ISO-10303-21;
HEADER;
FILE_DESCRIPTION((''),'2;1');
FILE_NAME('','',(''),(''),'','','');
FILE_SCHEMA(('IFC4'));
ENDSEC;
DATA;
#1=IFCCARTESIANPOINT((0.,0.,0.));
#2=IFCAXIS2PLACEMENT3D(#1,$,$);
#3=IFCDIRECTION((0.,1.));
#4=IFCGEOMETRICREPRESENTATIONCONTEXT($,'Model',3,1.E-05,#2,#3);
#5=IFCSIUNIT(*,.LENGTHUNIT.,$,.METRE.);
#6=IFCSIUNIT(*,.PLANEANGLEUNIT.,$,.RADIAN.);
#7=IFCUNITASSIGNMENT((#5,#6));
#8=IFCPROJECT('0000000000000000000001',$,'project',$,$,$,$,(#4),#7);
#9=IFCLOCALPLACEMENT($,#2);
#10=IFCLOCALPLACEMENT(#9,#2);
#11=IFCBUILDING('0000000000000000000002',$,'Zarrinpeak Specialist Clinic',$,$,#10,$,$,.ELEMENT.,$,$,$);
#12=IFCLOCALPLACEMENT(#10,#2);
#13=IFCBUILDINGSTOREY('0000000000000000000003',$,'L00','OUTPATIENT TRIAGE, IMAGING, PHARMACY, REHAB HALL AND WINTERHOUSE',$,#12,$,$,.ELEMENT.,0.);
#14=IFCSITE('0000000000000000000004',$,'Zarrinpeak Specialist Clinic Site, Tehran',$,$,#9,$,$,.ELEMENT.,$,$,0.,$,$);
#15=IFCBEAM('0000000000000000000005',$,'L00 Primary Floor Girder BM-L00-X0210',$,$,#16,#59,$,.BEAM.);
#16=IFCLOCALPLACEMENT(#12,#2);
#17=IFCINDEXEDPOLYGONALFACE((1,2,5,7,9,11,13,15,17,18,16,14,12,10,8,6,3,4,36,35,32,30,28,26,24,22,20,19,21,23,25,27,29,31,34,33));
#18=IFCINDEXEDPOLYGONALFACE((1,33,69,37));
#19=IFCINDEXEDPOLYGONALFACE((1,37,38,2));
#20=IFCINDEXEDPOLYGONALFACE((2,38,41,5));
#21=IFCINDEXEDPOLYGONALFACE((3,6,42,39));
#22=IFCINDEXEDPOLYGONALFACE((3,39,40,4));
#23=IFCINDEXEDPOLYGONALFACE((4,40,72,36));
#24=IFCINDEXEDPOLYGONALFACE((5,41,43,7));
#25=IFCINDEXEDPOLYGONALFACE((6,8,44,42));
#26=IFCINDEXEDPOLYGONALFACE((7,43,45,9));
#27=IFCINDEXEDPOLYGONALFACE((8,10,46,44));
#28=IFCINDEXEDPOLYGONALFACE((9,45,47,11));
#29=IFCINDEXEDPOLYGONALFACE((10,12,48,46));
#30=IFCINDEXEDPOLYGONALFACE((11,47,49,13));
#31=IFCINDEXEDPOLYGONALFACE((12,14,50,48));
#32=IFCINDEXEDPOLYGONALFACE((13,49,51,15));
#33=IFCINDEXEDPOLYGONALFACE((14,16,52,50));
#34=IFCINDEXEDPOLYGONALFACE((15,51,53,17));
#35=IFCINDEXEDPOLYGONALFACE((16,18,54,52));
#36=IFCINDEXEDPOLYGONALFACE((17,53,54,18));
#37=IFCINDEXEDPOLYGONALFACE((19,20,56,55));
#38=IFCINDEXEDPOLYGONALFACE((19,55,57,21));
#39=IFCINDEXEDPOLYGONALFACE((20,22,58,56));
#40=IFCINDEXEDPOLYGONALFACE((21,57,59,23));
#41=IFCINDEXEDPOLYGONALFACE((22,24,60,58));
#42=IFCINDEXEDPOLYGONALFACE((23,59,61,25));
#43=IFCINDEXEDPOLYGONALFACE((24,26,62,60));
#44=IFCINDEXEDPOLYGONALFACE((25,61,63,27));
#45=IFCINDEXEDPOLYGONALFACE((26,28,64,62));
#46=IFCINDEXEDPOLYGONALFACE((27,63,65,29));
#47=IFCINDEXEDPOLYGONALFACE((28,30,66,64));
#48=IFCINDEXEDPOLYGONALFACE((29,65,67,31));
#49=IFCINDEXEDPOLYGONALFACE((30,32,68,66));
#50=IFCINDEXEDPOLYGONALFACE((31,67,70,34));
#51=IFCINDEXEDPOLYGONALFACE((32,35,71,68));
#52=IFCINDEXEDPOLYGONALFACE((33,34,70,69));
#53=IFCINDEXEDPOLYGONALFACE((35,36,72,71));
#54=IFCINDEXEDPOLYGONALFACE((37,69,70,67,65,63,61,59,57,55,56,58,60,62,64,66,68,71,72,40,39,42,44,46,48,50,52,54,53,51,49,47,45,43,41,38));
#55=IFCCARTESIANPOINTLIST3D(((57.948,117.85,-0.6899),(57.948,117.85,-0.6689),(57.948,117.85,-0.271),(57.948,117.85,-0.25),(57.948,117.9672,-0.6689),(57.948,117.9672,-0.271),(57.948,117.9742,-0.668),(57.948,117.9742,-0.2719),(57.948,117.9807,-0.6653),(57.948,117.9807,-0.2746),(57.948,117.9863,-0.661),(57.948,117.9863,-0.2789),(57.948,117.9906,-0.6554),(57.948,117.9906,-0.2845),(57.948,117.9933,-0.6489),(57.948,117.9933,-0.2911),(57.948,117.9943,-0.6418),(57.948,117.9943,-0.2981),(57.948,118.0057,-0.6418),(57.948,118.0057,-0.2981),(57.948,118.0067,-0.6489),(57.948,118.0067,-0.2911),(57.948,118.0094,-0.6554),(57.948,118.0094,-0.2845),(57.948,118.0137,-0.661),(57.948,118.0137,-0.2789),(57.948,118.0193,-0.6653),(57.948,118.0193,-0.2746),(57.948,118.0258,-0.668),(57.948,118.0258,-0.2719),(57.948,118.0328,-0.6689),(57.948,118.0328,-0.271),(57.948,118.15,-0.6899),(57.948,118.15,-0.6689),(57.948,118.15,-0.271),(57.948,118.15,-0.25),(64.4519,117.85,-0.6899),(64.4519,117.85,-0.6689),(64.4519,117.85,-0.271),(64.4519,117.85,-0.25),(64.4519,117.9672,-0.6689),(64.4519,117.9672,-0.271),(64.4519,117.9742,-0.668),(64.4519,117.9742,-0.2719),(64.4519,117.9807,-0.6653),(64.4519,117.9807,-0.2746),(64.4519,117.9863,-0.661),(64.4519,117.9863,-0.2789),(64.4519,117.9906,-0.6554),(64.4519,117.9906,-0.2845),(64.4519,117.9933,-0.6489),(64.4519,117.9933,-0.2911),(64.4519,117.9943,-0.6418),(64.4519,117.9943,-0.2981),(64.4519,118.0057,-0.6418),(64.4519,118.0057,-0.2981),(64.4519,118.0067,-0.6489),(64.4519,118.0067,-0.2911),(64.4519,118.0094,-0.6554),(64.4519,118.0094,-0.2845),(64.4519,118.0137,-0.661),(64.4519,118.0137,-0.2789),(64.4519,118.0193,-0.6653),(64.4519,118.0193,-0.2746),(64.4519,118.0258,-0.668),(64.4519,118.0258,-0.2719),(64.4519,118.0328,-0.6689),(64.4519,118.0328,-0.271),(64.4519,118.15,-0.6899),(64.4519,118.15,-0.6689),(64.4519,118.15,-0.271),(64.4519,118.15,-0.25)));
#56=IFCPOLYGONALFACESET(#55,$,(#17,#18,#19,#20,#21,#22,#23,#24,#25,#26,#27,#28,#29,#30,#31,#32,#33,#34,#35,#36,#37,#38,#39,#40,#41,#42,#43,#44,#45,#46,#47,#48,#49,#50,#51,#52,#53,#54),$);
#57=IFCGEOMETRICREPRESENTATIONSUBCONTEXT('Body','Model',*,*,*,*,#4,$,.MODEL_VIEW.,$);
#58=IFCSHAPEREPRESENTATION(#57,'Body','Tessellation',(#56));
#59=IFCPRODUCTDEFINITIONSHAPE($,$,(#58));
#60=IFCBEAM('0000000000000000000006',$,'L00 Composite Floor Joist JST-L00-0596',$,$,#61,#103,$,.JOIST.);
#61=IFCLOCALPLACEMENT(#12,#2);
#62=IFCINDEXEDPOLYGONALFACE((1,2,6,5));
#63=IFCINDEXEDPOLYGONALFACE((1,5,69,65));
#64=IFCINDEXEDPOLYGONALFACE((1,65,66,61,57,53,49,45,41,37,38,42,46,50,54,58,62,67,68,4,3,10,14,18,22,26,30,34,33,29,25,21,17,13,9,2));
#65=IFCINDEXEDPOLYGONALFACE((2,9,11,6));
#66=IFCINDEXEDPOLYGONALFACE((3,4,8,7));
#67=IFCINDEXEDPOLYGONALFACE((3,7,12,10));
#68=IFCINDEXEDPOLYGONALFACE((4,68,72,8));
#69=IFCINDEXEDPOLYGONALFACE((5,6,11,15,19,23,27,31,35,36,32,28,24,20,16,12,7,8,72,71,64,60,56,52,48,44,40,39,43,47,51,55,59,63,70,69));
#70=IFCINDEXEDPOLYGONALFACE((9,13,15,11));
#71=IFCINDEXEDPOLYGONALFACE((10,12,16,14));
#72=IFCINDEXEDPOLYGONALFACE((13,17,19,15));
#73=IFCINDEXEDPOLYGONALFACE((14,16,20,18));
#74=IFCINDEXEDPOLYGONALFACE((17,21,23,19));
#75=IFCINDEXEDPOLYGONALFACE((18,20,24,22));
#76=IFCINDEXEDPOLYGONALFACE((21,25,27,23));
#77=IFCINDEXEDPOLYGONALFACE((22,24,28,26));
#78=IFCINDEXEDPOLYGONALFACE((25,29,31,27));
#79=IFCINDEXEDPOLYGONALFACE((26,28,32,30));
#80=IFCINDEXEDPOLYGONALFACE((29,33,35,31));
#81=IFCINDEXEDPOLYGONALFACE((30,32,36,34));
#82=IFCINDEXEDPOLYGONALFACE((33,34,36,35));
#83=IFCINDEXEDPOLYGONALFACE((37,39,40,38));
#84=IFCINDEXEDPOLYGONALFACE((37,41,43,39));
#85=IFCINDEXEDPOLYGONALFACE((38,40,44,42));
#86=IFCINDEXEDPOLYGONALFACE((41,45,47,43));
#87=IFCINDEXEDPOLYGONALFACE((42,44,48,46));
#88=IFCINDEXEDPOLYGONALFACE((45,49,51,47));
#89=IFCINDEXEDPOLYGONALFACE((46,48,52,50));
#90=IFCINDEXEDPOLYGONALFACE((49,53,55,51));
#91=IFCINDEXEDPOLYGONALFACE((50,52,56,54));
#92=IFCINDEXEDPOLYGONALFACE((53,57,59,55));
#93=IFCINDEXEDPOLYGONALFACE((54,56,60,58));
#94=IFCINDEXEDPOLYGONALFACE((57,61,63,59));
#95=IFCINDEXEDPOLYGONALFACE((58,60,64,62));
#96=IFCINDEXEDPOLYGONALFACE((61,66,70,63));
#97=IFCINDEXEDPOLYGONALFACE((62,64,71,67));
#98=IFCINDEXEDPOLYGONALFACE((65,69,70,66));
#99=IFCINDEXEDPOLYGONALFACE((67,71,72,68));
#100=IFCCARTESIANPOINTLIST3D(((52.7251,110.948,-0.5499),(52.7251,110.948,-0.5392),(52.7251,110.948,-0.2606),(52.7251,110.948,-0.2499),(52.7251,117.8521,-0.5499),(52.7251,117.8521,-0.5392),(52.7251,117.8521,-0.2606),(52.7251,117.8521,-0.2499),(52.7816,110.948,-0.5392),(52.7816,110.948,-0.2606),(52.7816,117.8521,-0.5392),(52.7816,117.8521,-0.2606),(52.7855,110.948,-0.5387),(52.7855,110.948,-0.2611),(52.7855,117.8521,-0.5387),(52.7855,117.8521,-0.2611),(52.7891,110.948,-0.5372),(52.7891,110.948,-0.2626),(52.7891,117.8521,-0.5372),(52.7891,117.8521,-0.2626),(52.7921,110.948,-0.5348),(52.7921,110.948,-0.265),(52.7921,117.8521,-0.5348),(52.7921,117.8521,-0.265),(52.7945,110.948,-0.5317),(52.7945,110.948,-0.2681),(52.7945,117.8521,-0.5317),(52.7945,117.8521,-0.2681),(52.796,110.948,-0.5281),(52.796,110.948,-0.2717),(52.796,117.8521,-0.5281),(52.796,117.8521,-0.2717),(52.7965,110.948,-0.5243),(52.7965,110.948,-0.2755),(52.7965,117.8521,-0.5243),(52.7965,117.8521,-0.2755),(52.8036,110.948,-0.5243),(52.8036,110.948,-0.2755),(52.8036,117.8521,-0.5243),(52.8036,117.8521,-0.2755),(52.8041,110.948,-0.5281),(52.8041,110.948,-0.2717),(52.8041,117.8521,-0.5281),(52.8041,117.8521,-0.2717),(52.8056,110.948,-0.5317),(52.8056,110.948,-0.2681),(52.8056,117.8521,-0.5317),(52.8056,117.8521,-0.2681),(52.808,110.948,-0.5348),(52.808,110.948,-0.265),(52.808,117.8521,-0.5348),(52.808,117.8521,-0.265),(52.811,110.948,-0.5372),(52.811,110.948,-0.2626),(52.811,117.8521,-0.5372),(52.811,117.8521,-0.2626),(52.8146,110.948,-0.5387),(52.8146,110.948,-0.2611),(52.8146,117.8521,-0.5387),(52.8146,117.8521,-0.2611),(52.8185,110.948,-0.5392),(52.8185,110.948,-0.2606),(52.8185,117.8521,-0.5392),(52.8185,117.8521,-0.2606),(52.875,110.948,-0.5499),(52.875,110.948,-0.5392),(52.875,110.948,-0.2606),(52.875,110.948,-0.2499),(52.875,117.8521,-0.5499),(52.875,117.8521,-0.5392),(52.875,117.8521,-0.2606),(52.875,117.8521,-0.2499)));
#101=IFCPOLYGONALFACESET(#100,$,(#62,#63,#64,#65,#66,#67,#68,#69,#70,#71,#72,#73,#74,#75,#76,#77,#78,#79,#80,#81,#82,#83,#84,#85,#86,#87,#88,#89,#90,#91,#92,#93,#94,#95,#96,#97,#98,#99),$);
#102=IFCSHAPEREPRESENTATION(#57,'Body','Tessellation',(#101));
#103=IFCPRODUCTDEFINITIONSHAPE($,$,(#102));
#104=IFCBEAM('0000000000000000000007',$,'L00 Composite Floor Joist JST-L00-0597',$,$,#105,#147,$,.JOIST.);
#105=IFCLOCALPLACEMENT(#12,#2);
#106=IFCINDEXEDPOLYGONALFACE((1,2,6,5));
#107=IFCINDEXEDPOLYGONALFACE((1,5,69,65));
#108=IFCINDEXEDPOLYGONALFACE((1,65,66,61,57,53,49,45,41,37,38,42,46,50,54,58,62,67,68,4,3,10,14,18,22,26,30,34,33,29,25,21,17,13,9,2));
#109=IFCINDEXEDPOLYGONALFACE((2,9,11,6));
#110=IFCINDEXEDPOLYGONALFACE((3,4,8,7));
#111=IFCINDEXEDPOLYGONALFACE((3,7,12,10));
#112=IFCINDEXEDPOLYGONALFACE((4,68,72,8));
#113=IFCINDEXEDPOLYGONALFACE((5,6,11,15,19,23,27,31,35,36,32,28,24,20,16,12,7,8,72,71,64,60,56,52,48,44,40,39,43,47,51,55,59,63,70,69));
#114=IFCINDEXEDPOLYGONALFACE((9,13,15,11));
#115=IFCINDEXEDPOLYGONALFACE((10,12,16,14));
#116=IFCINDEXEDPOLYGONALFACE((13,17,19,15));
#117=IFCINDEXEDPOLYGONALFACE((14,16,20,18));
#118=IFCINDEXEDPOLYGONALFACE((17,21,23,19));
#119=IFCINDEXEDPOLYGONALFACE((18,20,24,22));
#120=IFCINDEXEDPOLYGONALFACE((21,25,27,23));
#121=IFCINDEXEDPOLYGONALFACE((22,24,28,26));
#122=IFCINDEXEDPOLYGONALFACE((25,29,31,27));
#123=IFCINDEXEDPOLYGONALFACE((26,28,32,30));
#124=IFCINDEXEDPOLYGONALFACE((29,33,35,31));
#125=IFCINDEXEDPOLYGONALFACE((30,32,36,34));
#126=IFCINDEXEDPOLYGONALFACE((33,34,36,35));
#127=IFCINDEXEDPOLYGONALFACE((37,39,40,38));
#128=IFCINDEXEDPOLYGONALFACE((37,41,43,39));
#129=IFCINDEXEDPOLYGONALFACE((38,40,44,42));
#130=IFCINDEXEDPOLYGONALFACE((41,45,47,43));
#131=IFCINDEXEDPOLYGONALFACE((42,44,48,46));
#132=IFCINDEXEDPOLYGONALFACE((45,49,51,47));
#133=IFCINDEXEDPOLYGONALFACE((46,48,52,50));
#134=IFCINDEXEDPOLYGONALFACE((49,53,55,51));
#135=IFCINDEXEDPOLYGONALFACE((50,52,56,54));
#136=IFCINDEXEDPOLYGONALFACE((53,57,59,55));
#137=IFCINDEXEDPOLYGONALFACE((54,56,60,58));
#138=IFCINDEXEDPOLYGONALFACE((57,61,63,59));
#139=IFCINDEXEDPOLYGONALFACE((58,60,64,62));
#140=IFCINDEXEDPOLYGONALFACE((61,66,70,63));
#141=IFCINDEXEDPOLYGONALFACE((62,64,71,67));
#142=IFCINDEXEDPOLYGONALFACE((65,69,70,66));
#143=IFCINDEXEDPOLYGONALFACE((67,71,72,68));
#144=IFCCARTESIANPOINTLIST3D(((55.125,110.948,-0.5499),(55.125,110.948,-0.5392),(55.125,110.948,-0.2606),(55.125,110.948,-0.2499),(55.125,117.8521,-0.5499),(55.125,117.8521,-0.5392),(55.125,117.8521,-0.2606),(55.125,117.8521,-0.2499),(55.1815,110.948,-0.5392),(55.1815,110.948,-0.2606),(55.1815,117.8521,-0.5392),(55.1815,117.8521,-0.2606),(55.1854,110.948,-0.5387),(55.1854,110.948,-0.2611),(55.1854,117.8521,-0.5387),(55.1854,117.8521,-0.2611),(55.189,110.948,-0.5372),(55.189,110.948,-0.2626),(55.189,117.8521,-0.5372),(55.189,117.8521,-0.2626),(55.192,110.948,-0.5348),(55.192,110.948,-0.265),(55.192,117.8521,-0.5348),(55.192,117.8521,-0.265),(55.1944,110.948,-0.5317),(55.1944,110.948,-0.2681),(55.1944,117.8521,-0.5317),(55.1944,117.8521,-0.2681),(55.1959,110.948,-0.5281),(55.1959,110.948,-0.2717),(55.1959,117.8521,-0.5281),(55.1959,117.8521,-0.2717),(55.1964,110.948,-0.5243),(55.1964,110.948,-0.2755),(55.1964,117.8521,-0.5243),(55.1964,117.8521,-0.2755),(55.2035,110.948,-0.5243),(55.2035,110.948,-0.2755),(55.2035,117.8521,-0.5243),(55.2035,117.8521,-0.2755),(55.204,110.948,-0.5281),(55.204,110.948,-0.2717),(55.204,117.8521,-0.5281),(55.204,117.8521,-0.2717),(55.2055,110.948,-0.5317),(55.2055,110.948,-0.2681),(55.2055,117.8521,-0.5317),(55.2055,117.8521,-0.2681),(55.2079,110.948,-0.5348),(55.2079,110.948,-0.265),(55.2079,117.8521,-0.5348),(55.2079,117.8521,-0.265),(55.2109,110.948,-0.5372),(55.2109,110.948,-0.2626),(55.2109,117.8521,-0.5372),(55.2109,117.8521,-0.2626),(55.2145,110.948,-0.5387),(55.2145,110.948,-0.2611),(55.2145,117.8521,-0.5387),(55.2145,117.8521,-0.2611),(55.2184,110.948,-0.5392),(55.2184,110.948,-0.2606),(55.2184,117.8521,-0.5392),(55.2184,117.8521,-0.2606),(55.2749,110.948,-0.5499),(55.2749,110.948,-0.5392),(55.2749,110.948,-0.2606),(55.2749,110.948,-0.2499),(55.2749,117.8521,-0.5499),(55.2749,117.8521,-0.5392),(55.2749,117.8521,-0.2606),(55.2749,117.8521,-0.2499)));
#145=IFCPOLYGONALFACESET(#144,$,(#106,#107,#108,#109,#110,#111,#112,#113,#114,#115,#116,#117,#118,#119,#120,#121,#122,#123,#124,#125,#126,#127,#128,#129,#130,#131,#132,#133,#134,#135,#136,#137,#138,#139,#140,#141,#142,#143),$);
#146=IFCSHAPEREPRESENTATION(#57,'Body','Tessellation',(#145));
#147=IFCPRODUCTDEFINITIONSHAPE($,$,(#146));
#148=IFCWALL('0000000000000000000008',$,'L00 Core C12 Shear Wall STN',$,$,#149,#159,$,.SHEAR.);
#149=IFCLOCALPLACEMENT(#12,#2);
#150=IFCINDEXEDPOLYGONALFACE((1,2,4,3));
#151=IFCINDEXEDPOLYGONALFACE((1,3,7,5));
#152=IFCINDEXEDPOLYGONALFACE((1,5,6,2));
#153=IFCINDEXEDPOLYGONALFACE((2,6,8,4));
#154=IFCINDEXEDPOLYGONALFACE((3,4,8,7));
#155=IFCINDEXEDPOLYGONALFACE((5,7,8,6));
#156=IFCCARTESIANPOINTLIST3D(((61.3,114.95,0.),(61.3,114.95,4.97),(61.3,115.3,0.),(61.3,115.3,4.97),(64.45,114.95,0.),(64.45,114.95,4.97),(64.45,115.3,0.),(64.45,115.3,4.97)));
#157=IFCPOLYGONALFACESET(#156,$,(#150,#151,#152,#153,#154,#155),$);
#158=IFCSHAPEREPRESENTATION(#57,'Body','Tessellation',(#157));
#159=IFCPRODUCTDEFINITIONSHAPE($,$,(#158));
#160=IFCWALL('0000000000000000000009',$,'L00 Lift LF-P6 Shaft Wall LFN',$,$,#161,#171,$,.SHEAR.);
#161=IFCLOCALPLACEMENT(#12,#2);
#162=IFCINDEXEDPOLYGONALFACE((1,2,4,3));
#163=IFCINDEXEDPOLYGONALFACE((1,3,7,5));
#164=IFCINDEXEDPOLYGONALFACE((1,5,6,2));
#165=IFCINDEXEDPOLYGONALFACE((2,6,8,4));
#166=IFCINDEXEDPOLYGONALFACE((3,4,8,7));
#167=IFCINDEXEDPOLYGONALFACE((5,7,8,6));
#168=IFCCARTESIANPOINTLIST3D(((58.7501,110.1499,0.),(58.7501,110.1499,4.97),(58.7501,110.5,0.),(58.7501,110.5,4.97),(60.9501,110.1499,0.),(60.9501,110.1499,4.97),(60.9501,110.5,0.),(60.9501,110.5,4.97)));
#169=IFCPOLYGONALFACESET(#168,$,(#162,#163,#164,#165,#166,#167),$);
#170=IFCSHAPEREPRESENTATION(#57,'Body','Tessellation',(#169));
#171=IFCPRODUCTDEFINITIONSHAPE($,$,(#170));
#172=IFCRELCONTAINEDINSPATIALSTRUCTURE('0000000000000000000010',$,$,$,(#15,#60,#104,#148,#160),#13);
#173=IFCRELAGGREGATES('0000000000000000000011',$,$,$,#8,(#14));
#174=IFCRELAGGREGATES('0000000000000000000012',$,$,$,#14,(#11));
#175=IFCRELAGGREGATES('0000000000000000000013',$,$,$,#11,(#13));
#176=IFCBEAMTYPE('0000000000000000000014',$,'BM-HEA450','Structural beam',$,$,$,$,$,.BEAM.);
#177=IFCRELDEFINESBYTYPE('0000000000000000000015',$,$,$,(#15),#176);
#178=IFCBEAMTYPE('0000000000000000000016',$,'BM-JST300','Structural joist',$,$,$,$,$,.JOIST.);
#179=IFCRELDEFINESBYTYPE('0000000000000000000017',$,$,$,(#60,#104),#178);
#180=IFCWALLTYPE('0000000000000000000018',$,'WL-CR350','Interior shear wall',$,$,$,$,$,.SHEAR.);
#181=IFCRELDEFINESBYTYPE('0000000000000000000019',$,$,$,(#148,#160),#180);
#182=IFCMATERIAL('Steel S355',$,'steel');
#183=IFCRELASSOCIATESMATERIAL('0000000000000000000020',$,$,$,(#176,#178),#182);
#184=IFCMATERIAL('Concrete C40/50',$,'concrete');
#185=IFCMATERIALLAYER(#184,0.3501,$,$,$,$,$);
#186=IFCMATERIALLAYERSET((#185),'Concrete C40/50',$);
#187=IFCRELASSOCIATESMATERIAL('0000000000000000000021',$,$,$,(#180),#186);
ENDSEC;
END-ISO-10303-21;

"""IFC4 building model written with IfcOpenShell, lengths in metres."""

from ifc_helpers import new_model, si_unit, direction, frame, frame_2d, origin, origin_2d, place, context, subcontext, project, spatial, rectangle, i_section, extrude, material, layer, layer_set, material_profile, profile_set, type_object, element, save


model = new_model("IFC4")

# Units and contexts
model_context = context("Model", 3, precision=1e-05, world=origin(), true_north=direction((0.0, 1.0)))
body_context = subcontext(model_context, "Body", "Model", "MODEL_VIEW")
ifc_project = project(units=[si_unit("LENGTHUNIT", "METRE"), si_unit("PLANEANGLEUNIT", "RADIAN")], contexts=[model_context])

# Site, building, storey
site_placement = place(None, origin())
site = spatial("IfcSite", under=ifc_project, at=site_placement, Name="Zarrinpeak Specialist Clinic Site, Tehran", CompositionType="ELEMENT", RefElevation=0.0)
building_placement = place(site_placement, origin())
building = spatial("IfcBuilding", under=site, at=building_placement, Name="Zarrinpeak Specialist Clinic", CompositionType="ELEMENT")
storey_placement = place(building_placement, origin())
storey = spatial("IfcBuildingStorey", under=building, at=storey_placement, Name="L00", Description="OUTPATIENT TRIAGE, IMAGING, PHARMACY, REHAB HALL AND WINTERHOUSE", CompositionType="ELEMENT", Elevation=0.0)

# Shared definitions
ifc_material_1 = material(Name="Steel S355", Category="steel")

# Beams
ifc_material_profile_1 = material_profile(ifc_material_1, i_section(OverallWidth=0.3, OverallDepth=0.4399, WebThickness=0.0115, FlangeThickness=0.021, FilletRadius=0.0271, at=origin_2d()), Name="HEA 450")
ifc_profile_set_1 = profile_set([ifc_material_profile_1], Name="Steel S355")
beam_type_1 = type_object("IfcBeamType", Name="BM-HEA450", Description="Structural beam", PredefinedType="BEAM", material=ifc_profile_set_1)
beam_1_placement = place(storey_placement, frame((57.948, 118.0, -0.47), z_axis=(1.0, 0.0, 0.0), x_axis=(0.0, 1.0, 0.0)))
element("IfcBeam", 1, at=beam_1_placement, inside=storey, type_object=beam_type_1, Name="L00 Primary Floor Girder BM-L00-X0210", PredefinedType="BEAM", context=body_context, shape_type="SweptSolid", body=[
    extrude(i_section(OverallWidth=0.3, OverallDepth=0.4399, WebThickness=0.0115, FlangeThickness=0.021, FilletRadius=0.0271, at=origin_2d()), origin(), (0.0, 0.0, 1.0), 6.5039),
])
ifc_material_profile_2 = material_profile(ifc_material_1, i_section(OverallWidth=0.1499, OverallDepth=0.3, WebThickness=0.0071, FlangeThickness=0.0107, FilletRadius=0.0149, at=origin_2d()), Name="IPE 300")
ifc_profile_set_2 = profile_set([ifc_material_profile_2], Name="Steel S355")
beam_type_2 = type_object("IfcBeamType", Name="BM-JST300", Description="Structural joist", PredefinedType="JOIST", material=ifc_profile_set_2)
for number, where, z_axis, x_axis, name in (
    (2, (52.8, 110.948, -0.3999), (0.0, 1.0, 0.0), (-1.0, 0.0, 0.0), "L00 Composite Floor Joist JST-L00-0596"),
    (3, (55.2, 110.948, -0.3999), (0.0, 1.0, 0.0), (-1.0, 0.0, 0.0), "L00 Composite Floor Joist JST-L00-0597"),
):
    element("IfcBeam", number, at=place(storey_placement, frame(where, z_axis=z_axis, x_axis=x_axis)), inside=storey, type_object=beam_type_2, Name=name, PredefinedType="JOIST", context=body_context, shape_type="SweptSolid", body=[
        extrude(i_section(OverallWidth=0.1499, OverallDepth=0.3, WebThickness=0.0071, FlangeThickness=0.0107, FilletRadius=0.0149, at=origin_2d()), origin(), (0.0, 0.0, 1.0), 6.9041),
    ])

# Walls
ifc_material_2 = material(Name="Concrete C40/50", Category="concrete")
ifc_layer_1 = layer(ifc_material_2, 0.3501)
ifc_layer_set_1 = layer_set([ifc_layer_1], Name="Concrete C40/50")
wall_type_1 = type_object("IfcWallType", Name="WL-CR350", Description="Interior shear wall", PredefinedType="SHEAR", material=ifc_layer_set_1)
wall_1_placement = place(storey_placement, frame((61.3, 115.125, 0.0), z_axis=(0.0, 0.0, 1.0), x_axis=(1.0, 0.0, 0.0)))
element("IfcWall", 4, at=wall_1_placement, inside=storey, type_object=wall_type_1, Name="L00 Core C12 Shear Wall STN", PredefinedType="SHEAR", context=body_context, shape_type="SweptSolid", body=[
    extrude(rectangle(XDim=3.1499, YDim=0.3501, at=frame_2d((1.575, 0.0))), origin(), (0.0, 0.0, 1.0), 4.97),
])
wall_2_placement = place(storey_placement, frame((58.75, 110.325, 0.0), z_axis=(0.0, 0.0, 1.0), x_axis=(1.0, 0.0, 0.0)))
element("IfcWall", 5, at=wall_2_placement, inside=storey, type_object=wall_type_1, Name="L00 Lift LF-P6 Shaft Wall LFN", PredefinedType="SHEAR", context=body_context, shape_type="SweptSolid", body=[
    extrude(rectangle(XDim=2.2, YDim=0.3501, at=frame_2d((1.1001, 0.0))), origin(), (0.0, 0.0, 1.0), 4.97),
])

save(model, "model.ifc")
